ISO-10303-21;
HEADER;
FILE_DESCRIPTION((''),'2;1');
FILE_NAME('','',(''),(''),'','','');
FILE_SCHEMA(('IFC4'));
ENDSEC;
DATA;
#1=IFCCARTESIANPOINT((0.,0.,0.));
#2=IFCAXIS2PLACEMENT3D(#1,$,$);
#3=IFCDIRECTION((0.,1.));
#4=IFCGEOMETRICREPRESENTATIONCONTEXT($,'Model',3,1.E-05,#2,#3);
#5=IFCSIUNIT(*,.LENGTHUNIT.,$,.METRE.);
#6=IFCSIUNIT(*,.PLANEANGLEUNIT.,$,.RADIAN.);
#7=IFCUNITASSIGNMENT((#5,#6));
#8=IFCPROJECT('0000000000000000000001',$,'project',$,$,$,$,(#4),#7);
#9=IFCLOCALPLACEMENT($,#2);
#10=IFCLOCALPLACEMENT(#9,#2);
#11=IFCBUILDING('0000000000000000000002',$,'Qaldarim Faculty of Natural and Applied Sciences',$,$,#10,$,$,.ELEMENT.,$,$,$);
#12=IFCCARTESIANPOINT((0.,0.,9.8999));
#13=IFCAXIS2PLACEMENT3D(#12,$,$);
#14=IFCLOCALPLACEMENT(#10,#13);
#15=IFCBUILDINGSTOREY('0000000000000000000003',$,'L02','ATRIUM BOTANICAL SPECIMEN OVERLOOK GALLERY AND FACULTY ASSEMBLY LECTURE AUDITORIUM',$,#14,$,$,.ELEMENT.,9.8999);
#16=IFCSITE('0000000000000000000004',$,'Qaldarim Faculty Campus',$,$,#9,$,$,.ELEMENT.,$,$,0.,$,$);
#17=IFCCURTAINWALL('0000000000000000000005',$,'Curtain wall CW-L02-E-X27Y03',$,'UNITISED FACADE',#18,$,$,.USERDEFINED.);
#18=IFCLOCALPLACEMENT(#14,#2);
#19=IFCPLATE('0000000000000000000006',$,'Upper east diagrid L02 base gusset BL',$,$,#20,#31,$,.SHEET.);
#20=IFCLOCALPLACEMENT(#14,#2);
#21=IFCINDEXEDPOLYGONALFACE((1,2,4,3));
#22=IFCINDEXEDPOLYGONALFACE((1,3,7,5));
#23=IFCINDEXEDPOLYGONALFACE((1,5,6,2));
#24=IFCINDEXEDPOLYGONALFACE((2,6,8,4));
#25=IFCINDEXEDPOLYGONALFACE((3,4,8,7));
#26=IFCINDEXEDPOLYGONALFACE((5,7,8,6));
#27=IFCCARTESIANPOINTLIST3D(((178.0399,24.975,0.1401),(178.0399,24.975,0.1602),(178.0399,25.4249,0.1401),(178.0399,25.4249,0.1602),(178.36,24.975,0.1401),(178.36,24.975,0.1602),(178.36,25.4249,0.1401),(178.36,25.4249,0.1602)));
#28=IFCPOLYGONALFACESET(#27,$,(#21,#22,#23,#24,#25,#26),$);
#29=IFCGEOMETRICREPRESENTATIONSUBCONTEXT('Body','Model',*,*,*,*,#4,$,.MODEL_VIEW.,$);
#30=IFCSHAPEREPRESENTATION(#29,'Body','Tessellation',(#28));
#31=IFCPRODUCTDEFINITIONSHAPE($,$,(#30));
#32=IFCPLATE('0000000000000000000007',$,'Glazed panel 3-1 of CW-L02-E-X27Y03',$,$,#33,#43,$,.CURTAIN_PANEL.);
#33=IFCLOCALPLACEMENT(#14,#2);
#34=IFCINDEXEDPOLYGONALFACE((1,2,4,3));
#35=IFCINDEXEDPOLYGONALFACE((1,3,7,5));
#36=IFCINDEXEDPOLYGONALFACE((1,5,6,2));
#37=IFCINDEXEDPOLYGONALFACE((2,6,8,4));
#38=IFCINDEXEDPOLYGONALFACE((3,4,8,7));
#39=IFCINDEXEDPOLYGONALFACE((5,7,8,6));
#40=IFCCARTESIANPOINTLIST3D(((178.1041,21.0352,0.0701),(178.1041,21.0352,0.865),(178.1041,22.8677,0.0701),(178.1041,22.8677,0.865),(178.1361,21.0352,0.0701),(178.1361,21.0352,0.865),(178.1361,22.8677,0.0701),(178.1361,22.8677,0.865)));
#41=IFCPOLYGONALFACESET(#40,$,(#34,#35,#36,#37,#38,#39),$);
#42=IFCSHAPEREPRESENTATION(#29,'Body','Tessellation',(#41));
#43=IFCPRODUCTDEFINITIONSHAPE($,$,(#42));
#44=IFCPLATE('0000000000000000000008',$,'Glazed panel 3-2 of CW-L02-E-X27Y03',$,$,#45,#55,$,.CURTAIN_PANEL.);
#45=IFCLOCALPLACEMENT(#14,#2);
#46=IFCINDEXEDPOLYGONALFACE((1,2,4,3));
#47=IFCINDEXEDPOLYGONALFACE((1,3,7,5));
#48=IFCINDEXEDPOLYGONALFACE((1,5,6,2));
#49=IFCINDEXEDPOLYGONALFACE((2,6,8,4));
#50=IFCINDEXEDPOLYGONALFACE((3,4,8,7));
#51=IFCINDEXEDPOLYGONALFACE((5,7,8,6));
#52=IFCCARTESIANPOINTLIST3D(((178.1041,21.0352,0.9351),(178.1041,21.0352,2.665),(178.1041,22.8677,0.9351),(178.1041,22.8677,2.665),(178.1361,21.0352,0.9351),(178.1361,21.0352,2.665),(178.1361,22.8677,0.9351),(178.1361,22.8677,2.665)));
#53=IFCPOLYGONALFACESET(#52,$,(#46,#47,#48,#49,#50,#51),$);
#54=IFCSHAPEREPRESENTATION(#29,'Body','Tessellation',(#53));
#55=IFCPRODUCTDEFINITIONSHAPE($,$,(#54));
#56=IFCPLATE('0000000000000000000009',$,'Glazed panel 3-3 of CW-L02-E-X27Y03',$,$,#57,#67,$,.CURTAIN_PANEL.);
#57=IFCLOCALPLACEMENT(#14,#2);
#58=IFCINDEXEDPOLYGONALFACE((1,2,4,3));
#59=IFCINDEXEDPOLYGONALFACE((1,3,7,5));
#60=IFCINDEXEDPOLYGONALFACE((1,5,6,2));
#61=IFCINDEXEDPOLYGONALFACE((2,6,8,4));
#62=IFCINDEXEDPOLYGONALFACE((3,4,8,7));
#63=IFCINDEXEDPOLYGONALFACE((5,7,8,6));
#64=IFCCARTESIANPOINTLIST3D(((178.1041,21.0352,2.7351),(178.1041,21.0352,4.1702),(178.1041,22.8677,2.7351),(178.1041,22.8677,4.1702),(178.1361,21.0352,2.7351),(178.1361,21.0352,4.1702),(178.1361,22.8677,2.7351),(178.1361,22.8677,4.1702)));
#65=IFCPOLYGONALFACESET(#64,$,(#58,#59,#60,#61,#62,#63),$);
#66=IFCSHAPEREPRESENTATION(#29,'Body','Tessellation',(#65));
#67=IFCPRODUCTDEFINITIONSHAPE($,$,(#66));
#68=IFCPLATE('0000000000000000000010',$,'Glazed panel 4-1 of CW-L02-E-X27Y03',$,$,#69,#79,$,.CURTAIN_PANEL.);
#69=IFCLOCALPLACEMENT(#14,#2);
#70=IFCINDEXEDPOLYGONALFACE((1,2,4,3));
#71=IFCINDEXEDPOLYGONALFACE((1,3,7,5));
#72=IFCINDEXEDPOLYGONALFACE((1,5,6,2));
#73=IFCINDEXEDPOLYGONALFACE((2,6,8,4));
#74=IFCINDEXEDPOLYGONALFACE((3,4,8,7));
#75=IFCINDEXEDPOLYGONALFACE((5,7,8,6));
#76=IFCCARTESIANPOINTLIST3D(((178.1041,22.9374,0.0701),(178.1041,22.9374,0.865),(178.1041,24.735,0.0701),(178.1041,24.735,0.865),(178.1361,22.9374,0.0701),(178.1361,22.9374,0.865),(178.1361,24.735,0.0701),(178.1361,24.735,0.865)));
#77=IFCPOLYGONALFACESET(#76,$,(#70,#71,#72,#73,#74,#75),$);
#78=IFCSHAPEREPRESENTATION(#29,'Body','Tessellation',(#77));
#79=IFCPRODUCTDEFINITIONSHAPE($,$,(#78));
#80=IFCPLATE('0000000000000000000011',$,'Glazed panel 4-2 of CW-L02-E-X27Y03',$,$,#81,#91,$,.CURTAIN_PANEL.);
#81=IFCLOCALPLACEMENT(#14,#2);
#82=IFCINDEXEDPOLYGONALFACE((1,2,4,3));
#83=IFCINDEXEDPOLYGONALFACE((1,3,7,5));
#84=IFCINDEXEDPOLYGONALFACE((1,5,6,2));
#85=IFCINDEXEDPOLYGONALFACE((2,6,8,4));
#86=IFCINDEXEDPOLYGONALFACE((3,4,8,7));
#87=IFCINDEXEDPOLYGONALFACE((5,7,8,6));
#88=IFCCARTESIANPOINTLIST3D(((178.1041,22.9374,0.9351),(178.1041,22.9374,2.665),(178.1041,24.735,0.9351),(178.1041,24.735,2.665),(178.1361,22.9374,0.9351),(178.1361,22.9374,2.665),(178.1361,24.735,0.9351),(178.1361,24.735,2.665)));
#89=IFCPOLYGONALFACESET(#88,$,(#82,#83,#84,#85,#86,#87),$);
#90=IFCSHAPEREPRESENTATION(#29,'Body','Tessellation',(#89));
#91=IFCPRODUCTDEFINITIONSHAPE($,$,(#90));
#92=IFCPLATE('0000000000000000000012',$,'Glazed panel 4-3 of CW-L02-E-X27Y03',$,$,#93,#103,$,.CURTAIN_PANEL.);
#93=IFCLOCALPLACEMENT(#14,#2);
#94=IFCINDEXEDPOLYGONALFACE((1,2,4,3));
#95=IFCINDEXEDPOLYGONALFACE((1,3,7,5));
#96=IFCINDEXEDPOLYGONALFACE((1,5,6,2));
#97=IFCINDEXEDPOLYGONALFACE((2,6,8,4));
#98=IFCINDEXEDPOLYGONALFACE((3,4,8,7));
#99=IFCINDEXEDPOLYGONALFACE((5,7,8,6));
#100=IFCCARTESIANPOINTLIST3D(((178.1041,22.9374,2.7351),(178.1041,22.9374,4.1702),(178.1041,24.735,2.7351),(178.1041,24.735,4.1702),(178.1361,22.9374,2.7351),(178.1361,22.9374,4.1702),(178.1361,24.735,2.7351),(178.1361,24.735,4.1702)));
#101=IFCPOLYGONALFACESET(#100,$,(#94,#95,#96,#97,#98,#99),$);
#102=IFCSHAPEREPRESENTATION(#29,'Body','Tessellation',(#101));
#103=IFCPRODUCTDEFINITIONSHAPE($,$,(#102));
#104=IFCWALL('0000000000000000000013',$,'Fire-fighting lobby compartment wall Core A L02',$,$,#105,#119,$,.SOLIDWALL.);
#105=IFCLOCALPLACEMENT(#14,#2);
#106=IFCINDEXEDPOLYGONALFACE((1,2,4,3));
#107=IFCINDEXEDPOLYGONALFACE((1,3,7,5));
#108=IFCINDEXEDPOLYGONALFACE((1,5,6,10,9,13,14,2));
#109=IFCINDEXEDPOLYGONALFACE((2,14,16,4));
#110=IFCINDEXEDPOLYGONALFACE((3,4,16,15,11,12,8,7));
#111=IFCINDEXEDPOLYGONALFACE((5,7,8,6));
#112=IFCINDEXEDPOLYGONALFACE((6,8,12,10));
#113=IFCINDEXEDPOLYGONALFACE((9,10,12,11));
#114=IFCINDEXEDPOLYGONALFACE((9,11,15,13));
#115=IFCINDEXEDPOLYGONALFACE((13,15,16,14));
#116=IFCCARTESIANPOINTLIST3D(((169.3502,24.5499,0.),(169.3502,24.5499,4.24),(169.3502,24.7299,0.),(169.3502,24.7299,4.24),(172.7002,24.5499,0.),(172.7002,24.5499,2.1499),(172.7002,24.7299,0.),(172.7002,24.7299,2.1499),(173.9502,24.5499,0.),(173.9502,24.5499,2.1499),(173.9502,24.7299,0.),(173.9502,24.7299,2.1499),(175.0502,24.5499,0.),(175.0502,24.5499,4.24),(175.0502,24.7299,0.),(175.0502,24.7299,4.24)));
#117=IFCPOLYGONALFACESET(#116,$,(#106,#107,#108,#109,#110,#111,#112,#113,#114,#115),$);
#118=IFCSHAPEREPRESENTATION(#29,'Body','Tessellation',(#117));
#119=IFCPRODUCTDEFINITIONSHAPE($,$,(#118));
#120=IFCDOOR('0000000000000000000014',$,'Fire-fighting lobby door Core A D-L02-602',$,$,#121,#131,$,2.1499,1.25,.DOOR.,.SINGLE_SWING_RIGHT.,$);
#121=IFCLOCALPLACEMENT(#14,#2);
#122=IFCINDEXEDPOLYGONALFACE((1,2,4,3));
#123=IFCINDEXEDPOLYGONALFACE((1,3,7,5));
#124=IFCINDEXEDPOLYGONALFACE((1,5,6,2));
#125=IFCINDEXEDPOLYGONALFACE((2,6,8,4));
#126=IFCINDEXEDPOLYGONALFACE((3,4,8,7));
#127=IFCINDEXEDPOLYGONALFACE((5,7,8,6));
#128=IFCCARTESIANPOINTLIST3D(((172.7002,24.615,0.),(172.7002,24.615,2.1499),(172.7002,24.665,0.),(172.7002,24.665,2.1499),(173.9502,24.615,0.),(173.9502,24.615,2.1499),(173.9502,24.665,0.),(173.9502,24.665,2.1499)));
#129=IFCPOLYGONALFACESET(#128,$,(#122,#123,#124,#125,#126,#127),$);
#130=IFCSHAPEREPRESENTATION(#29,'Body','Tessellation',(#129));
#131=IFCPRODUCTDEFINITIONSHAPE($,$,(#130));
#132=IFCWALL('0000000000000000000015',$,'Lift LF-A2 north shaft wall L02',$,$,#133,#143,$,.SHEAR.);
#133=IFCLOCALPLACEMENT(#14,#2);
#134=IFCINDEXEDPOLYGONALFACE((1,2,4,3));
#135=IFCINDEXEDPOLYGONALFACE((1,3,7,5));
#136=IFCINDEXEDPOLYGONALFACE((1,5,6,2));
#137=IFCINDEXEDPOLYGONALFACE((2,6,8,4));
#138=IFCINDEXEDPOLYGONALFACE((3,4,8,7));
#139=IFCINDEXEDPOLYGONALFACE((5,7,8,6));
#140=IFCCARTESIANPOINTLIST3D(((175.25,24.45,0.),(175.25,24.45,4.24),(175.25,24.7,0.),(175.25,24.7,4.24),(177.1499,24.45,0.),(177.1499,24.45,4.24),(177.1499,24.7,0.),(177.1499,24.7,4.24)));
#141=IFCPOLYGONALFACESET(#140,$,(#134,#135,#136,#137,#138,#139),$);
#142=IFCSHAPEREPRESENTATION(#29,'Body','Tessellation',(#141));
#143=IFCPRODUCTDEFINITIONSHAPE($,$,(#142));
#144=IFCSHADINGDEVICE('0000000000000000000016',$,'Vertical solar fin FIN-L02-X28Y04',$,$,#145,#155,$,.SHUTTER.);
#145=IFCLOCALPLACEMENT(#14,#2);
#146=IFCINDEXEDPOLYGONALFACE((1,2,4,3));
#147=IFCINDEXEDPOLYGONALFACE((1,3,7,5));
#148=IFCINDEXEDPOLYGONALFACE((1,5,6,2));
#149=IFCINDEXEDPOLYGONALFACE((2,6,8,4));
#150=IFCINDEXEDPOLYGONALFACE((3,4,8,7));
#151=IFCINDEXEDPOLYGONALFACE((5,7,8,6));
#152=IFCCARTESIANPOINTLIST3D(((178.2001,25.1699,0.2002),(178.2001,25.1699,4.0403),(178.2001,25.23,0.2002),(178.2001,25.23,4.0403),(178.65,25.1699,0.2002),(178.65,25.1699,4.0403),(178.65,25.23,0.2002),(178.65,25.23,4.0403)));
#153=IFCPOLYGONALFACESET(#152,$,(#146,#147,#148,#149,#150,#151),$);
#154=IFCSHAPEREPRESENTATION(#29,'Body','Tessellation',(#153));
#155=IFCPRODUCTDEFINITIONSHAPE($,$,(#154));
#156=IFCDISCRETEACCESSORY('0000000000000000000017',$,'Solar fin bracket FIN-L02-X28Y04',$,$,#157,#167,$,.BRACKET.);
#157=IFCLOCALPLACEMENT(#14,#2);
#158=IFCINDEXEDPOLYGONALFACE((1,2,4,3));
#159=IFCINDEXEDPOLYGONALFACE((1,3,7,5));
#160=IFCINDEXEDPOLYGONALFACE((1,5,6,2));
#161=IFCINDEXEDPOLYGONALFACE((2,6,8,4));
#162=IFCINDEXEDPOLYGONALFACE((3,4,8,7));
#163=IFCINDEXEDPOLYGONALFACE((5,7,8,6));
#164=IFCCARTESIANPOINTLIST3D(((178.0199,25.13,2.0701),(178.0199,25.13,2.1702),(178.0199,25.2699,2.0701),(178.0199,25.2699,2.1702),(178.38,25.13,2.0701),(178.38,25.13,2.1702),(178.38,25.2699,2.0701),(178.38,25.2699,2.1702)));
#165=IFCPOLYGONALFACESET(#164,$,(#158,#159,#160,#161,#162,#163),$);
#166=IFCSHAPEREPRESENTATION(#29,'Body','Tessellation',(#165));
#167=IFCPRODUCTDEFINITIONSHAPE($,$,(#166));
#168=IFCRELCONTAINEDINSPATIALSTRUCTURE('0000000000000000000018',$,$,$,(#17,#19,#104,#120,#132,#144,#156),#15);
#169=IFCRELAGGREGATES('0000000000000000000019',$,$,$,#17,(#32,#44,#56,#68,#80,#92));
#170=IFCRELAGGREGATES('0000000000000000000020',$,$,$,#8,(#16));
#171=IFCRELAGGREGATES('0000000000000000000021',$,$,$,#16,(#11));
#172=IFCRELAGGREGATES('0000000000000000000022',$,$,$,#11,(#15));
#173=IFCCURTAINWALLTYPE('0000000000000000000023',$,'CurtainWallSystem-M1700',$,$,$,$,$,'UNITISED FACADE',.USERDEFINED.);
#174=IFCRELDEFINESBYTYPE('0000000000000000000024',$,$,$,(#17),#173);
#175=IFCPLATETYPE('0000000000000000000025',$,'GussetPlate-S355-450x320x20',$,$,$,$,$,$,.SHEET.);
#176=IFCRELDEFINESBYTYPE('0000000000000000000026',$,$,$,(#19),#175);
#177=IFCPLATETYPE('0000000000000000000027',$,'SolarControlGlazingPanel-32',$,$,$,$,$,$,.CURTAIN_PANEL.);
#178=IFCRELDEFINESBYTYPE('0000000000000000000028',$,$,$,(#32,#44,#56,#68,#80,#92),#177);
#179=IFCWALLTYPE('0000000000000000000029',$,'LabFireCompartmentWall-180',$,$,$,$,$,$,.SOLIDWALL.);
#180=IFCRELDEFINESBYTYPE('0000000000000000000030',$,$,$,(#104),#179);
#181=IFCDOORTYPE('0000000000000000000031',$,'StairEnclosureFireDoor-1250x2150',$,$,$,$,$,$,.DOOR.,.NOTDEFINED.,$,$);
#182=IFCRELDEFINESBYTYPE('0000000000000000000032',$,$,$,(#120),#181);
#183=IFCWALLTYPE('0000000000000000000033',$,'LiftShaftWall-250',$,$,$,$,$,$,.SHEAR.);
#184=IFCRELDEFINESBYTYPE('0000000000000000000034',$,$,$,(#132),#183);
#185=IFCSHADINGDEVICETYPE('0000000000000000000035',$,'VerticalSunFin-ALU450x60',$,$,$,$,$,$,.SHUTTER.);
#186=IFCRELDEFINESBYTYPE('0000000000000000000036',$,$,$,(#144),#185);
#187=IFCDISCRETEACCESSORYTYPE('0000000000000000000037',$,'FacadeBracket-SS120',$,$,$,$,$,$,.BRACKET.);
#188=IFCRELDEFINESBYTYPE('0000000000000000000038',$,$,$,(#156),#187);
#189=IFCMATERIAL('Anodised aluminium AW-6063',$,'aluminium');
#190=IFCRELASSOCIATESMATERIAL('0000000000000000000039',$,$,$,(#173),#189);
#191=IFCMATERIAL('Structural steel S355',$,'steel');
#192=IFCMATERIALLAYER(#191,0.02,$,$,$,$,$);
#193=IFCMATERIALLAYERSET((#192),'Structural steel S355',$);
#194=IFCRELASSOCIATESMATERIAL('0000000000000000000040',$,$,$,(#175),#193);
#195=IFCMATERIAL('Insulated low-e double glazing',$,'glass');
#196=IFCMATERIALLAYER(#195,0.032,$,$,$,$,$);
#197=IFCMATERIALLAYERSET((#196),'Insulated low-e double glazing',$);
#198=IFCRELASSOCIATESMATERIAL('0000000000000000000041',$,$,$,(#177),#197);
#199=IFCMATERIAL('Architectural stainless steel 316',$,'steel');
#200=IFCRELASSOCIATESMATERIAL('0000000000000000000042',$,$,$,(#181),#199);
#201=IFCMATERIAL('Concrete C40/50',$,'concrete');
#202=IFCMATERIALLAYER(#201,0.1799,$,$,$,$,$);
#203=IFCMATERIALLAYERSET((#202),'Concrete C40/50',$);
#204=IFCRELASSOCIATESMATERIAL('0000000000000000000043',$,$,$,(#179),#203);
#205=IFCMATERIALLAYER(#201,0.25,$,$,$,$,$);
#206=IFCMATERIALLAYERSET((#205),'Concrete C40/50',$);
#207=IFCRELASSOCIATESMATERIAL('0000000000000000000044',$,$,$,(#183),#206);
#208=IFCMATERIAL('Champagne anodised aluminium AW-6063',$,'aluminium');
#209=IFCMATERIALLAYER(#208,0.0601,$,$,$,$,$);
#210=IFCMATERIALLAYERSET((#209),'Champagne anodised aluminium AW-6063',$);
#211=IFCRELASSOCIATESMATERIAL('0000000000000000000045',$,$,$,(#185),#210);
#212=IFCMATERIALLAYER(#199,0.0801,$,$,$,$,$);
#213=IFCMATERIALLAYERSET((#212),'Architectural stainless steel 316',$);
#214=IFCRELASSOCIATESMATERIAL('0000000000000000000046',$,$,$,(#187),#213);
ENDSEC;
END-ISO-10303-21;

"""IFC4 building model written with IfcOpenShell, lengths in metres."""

from ifc_helpers import new_model, si_unit, direction, frame, frame_2d, origin, origin_2d, place, context, subcontext, project, spatial, rectangle, extrude, material, layer, layer_set, type_object, element, fill, aggregate, save


model = new_model("IFC4")

# Units and contexts
model_context = context("Model", 3, precision=1e-05, world=origin(), true_north=direction((0.0, 1.0)))
body_context = subcontext(model_context, "Body", "Model", "MODEL_VIEW")
ifc_project = project(units=[si_unit("LENGTHUNIT", "METRE"), si_unit("PLANEANGLEUNIT", "RADIAN")], contexts=[model_context])

# Site, building, storey
site_placement = place(None, origin())
site = spatial("IfcSite", under=ifc_project, at=site_placement, Name="Qaldarim Faculty Campus", CompositionType="ELEMENT", RefElevation=0.0)
building_placement = place(site_placement, origin())
building = spatial("IfcBuilding", under=site, at=building_placement, Name="Qaldarim Faculty of Natural and Applied Sciences", CompositionType="ELEMENT")
storey_placement = place(building_placement, frame((0.0, 0.0, 9.8999)))
storey = spatial("IfcBuildingStorey", under=building, at=storey_placement, Name="L02", Description="ATRIUM BOTANICAL SPECIMEN OVERLOOK GALLERY AND FACULTY ASSEMBLY LECTURE AUDITORIUM", CompositionType="ELEMENT", Elevation=9.8999)

# Shared definitions
ifc_material_1 = material(Name="Structural steel S355", Category="steel")

# Curtain wall
ifc_material_2 = material(Name="Anodised aluminium AW-6063", Category="aluminium")
curtain_wall_type = type_object("IfcCurtainWallType", Name="CurtainWallSystem-M1700", ElementType="UNITISED FACADE", PredefinedType="USERDEFINED", material=ifc_material_2)
curtain_wall_placement = place(storey_placement, origin())
curtain_wall = element("IfcCurtainWall", 1, at=curtain_wall_placement, inside=storey, type_object=curtain_wall_type, Name="Curtain wall CW-L02-E-X27Y03", ObjectType="UNITISED FACADE", PredefinedType="USERDEFINED")

# Shared definitions
ifc_material_3 = material(Name="Concrete C40/50", Category="concrete")

# Plates
ifc_layer_1 = layer(ifc_material_1, 0.02)
ifc_layer_set_1 = layer_set([ifc_layer_1], Name="Structural steel S355")
plate_type_1 = type_object("IfcPlateType", Name="GussetPlate-S355-450x320x20", PredefinedType="SHEET", material=ifc_layer_set_1)
plate_1_placement = place(storey_placement, frame((178.2, 25.2, 0.1401), z_axis=(0.0, 0.0, 1.0), x_axis=(0.0, 1.0, 0.0)))
element("IfcPlate", 2, at=plate_1_placement, inside=storey, type_object=plate_type_1, Name="Upper east diagrid L02 base gusset BL", PredefinedType="SHEET", context=body_context, shape_type="SweptSolid", body=[
    extrude(rectangle(XDim=0.45, YDim=0.3201, at=origin_2d()), origin(), (0.0, 0.0, 1.0), 0.02),
])
ifc_material_4 = material(Name="Insulated low-e double glazing", Category="glass")
ifc_layer_2 = layer(ifc_material_4, 0.032)
ifc_layer_set_2 = layer_set([ifc_layer_2], Name="Insulated low-e double glazing")
plate_type_2 = type_object("IfcPlateType", Name="SolarControlGlazingPanel-32", PredefinedType="CURTAIN_PANEL", material=ifc_layer_set_2)
plate_2_placement = place(storey_placement, frame((178.1201, 21.9514, 0.0701), z_axis=(0.0, 0.0, 1.0), x_axis=(0.0, 1.0, 0.0)))
plate_2 = element("IfcPlate", 3, at=plate_2_placement, type_object=plate_type_2, Name="Glazed panel 3-1 of CW-L02-E-X27Y03", PredefinedType="CURTAIN_PANEL", context=body_context, shape_type="SweptSolid", body=[
    extrude(rectangle(XDim=1.8325, YDim=0.032, at=origin_2d()), origin(), (0.0, 0.0, 1.0), 0.7949),
])
plate_3_placement = place(storey_placement, frame((178.1201, 21.9514, 0.9351), z_axis=(0.0, 0.0, 1.0), x_axis=(0.0, 1.0, 0.0)))
plate_3 = element("IfcPlate", 4, at=plate_3_placement, type_object=plate_type_2, Name="Glazed panel 3-2 of CW-L02-E-X27Y03", PredefinedType="CURTAIN_PANEL", context=body_context, shape_type="SweptSolid", body=[
    extrude(rectangle(XDim=1.8325, YDim=0.032, at=origin_2d()), origin(), (0.0, 0.0, 1.0), 1.73),
])
plate_4_placement = place(storey_placement, frame((178.1201, 21.9514, 2.7351), z_axis=(0.0, 0.0, 1.0), x_axis=(0.0, 1.0, 0.0)))
plate_4 = element("IfcPlate", 5, at=plate_4_placement, type_object=plate_type_2, Name="Glazed panel 3-3 of CW-L02-E-X27Y03", PredefinedType="CURTAIN_PANEL", context=body_context, shape_type="SweptSolid", body=[
    extrude(rectangle(XDim=1.8325, YDim=0.032, at=origin_2d()), origin(), (0.0, 0.0, 1.0), 1.4351),
])
plate_5_placement = place(storey_placement, frame((178.1201, 23.8362, 0.0701), z_axis=(0.0, 0.0, 1.0), x_axis=(0.0, 1.0, 0.0)))
plate_5 = element("IfcPlate", 6, at=plate_5_placement, type_object=plate_type_2, Name="Glazed panel 4-1 of CW-L02-E-X27Y03", PredefinedType="CURTAIN_PANEL", context=body_context, shape_type="SweptSolid", body=[
    extrude(rectangle(XDim=1.7976, YDim=0.032, at=origin_2d()), origin(), (0.0, 0.0, 1.0), 0.7949),
])
plate_6_placement = place(storey_placement, frame((178.1201, 23.8362, 0.9351), z_axis=(0.0, 0.0, 1.0), x_axis=(0.0, 1.0, 0.0)))
plate_6 = element("IfcPlate", 7, at=plate_6_placement, type_object=plate_type_2, Name="Glazed panel 4-2 of CW-L02-E-X27Y03", PredefinedType="CURTAIN_PANEL", context=body_context, shape_type="SweptSolid", body=[
    extrude(rectangle(XDim=1.7976, YDim=0.032, at=origin_2d()), origin(), (0.0, 0.0, 1.0), 1.73),
])
plate_7_placement = place(storey_placement, frame((178.1201, 23.8362, 2.7351), z_axis=(0.0, 0.0, 1.0), x_axis=(0.0, 1.0, 0.0)))
plate_7 = element("IfcPlate", 8, at=plate_7_placement, type_object=plate_type_2, Name="Glazed panel 4-3 of CW-L02-E-X27Y03", PredefinedType="CURTAIN_PANEL", context=body_context, shape_type="SweptSolid", body=[
    extrude(rectangle(XDim=1.7976, YDim=0.032, at=origin_2d()), origin(), (0.0, 0.0, 1.0), 1.4351),
])
aggregate(curtain_wall, [plate_2, plate_3, plate_4, plate_5, plate_6, plate_7])

# Wall, opening, door
ifc_material_5 = material(Name="Architectural stainless steel 316", Category="steel")
door_type = type_object("IfcDoorType", Name="StairEnclosureFireDoor-1250x2150", OperationType="NOTDEFINED", PredefinedType="DOOR", material=ifc_material_5)
ifc_layer_3 = layer(ifc_material_3, 0.1799)
ifc_layer_set_3 = layer_set([ifc_layer_3], Name="Concrete C40/50")
wall_type_1 = type_object("IfcWallType", Name="LabFireCompartmentWall-180", PredefinedType="SOLIDWALL", material=ifc_layer_set_3)
wall_1_placement = place(storey_placement, frame((169.3501, 24.6399, 0.0), z_axis=(0.0, 0.0, 1.0), x_axis=(1.0, 0.0, 0.0)))
wall_1 = element("IfcWall", 9, at=wall_1_placement, inside=storey, type_object=wall_type_1, Name="Fire-fighting lobby compartment wall Core A L02", PredefinedType="SOLIDWALL", context=body_context, shape_type="SweptSolid", body=[
    extrude(rectangle(XDim=5.7, YDim=0.1799, at=frame_2d((2.8501, 0.0))), origin(), (0.0, 0.0, 1.0), 4.24),
])
opening_1_placement = place(wall_1_placement, frame((3.3501, 0.0, 0.0)))
opening_1 = element("IfcOpeningElement", 10, at=opening_1_placement, cuts=wall_1, PredefinedType="OPENING", context=body_context, shape_type="SweptSolid", body=[
    extrude(rectangle(XDim=1.25, YDim=2.1499, at=frame_2d((0.625, 1.075))), frame((0.0, 0.0999, 0.0), z_axis=(0.0, -1.0, 0.0), x_axis=(1.0, 0.0, 0.0)), (0.0, 0.0, 1.0), 0.2),
])
door_1_placement = place(opening_1_placement, frame((1.25, 0.0, 0.0), z_axis=(0.0, 0.0, 1.0), x_axis=(-1.0, 0.0, 0.0)))
door_1 = element("IfcDoor", 11, at=door_1_placement, inside=storey, type_object=door_type, Name="Fire-fighting lobby door Core A D-L02-602", OperationType="SINGLE_SWING_RIGHT", OverallHeight=2.1499, OverallWidth=1.25, PredefinedType="DOOR", context=body_context, shape_type="SweptSolid", body=[
    extrude(rectangle(XDim=1.25, YDim=2.1499, at=frame_2d((0.625, 1.075))), frame((0.0, 0.0249, 0.0), z_axis=(0.0, -1.0, 0.0), x_axis=(1.0, 0.0, 0.0)), (0.0, 0.0, 1.0), 0.05),
])
fill(opening_1, door_1)

# Wall
ifc_layer_4 = layer(ifc_material_3, 0.25)
ifc_layer_set_4 = layer_set([ifc_layer_4], Name="Concrete C40/50")
wall_type_2 = type_object("IfcWallType", Name="LiftShaftWall-250", PredefinedType="SHEAR", material=ifc_layer_set_4)
wall_2_placement = place(storey_placement, frame((175.25, 24.575, 0.0), z_axis=(0.0, 0.0, 1.0), x_axis=(1.0, 0.0, 0.0)))
element("IfcWall", 12, at=wall_2_placement, inside=storey, type_object=wall_type_2, Name="Lift LF-A2 north shaft wall L02", PredefinedType="SHEAR", context=body_context, shape_type="SweptSolid", body=[
    extrude(rectangle(XDim=1.8999, YDim=0.25, at=frame_2d((0.95, 0.0))), origin(), (0.0, 0.0, 1.0), 4.24),
])

# Shading device
ifc_material_6 = material(Name="Champagne anodised aluminium AW-6063", Category="aluminium")
ifc_layer_5 = layer(ifc_material_6, 0.0601)
ifc_layer_set_5 = layer_set([ifc_layer_5], Name="Champagne anodised aluminium AW-6063")
shading_device_type = type_object("IfcShadingDeviceType", Name="VerticalSunFin-ALU450x60", PredefinedType="SHUTTER", material=ifc_layer_set_5)
shading_device_placement = place(storey_placement, frame((178.425, 25.2, 0.2002), z_axis=(0.0, 0.0, 1.0), x_axis=(1.0, 0.0, 0.0)))
element("IfcShadingDevice", 13, at=shading_device_placement, inside=storey, type_object=shading_device_type, Name="Vertical solar fin FIN-L02-X28Y04", PredefinedType="SHUTTER", context=body_context, shape_type="SweptSolid", body=[
    extrude(rectangle(XDim=0.45, YDim=0.0601, at=origin_2d()), origin(), (0.0, 0.0, 1.0), 3.8401),
])

# Discrete accessory
ifc_layer_6 = layer(ifc_material_5, 0.0801)
ifc_layer_set_6 = layer_set([ifc_layer_6], Name="Architectural stainless steel 316")
discrete_accessory_type = type_object("IfcDiscreteAccessoryType", Name="FacadeBracket-SS120", PredefinedType="BRACKET", material=ifc_layer_set_6)
discrete_accessory_placement = place(storey_placement, frame((178.2, 25.2, 2.0701), z_axis=(0.0, 0.0, 1.0), x_axis=(1.0, 0.0, 0.0)))
element("IfcDiscreteAccessory", 14, at=discrete_accessory_placement, inside=storey, type_object=discrete_accessory_type, Name="Solar fin bracket FIN-L02-X28Y04", PredefinedType="BRACKET", context=body_context, shape_type="SweptSolid", body=[
    extrude(rectangle(XDim=0.3601, YDim=0.1399, at=origin_2d()), origin(), (0.0, 0.0, 1.0), 0.1001),
])

save(model, "model.ifc")
